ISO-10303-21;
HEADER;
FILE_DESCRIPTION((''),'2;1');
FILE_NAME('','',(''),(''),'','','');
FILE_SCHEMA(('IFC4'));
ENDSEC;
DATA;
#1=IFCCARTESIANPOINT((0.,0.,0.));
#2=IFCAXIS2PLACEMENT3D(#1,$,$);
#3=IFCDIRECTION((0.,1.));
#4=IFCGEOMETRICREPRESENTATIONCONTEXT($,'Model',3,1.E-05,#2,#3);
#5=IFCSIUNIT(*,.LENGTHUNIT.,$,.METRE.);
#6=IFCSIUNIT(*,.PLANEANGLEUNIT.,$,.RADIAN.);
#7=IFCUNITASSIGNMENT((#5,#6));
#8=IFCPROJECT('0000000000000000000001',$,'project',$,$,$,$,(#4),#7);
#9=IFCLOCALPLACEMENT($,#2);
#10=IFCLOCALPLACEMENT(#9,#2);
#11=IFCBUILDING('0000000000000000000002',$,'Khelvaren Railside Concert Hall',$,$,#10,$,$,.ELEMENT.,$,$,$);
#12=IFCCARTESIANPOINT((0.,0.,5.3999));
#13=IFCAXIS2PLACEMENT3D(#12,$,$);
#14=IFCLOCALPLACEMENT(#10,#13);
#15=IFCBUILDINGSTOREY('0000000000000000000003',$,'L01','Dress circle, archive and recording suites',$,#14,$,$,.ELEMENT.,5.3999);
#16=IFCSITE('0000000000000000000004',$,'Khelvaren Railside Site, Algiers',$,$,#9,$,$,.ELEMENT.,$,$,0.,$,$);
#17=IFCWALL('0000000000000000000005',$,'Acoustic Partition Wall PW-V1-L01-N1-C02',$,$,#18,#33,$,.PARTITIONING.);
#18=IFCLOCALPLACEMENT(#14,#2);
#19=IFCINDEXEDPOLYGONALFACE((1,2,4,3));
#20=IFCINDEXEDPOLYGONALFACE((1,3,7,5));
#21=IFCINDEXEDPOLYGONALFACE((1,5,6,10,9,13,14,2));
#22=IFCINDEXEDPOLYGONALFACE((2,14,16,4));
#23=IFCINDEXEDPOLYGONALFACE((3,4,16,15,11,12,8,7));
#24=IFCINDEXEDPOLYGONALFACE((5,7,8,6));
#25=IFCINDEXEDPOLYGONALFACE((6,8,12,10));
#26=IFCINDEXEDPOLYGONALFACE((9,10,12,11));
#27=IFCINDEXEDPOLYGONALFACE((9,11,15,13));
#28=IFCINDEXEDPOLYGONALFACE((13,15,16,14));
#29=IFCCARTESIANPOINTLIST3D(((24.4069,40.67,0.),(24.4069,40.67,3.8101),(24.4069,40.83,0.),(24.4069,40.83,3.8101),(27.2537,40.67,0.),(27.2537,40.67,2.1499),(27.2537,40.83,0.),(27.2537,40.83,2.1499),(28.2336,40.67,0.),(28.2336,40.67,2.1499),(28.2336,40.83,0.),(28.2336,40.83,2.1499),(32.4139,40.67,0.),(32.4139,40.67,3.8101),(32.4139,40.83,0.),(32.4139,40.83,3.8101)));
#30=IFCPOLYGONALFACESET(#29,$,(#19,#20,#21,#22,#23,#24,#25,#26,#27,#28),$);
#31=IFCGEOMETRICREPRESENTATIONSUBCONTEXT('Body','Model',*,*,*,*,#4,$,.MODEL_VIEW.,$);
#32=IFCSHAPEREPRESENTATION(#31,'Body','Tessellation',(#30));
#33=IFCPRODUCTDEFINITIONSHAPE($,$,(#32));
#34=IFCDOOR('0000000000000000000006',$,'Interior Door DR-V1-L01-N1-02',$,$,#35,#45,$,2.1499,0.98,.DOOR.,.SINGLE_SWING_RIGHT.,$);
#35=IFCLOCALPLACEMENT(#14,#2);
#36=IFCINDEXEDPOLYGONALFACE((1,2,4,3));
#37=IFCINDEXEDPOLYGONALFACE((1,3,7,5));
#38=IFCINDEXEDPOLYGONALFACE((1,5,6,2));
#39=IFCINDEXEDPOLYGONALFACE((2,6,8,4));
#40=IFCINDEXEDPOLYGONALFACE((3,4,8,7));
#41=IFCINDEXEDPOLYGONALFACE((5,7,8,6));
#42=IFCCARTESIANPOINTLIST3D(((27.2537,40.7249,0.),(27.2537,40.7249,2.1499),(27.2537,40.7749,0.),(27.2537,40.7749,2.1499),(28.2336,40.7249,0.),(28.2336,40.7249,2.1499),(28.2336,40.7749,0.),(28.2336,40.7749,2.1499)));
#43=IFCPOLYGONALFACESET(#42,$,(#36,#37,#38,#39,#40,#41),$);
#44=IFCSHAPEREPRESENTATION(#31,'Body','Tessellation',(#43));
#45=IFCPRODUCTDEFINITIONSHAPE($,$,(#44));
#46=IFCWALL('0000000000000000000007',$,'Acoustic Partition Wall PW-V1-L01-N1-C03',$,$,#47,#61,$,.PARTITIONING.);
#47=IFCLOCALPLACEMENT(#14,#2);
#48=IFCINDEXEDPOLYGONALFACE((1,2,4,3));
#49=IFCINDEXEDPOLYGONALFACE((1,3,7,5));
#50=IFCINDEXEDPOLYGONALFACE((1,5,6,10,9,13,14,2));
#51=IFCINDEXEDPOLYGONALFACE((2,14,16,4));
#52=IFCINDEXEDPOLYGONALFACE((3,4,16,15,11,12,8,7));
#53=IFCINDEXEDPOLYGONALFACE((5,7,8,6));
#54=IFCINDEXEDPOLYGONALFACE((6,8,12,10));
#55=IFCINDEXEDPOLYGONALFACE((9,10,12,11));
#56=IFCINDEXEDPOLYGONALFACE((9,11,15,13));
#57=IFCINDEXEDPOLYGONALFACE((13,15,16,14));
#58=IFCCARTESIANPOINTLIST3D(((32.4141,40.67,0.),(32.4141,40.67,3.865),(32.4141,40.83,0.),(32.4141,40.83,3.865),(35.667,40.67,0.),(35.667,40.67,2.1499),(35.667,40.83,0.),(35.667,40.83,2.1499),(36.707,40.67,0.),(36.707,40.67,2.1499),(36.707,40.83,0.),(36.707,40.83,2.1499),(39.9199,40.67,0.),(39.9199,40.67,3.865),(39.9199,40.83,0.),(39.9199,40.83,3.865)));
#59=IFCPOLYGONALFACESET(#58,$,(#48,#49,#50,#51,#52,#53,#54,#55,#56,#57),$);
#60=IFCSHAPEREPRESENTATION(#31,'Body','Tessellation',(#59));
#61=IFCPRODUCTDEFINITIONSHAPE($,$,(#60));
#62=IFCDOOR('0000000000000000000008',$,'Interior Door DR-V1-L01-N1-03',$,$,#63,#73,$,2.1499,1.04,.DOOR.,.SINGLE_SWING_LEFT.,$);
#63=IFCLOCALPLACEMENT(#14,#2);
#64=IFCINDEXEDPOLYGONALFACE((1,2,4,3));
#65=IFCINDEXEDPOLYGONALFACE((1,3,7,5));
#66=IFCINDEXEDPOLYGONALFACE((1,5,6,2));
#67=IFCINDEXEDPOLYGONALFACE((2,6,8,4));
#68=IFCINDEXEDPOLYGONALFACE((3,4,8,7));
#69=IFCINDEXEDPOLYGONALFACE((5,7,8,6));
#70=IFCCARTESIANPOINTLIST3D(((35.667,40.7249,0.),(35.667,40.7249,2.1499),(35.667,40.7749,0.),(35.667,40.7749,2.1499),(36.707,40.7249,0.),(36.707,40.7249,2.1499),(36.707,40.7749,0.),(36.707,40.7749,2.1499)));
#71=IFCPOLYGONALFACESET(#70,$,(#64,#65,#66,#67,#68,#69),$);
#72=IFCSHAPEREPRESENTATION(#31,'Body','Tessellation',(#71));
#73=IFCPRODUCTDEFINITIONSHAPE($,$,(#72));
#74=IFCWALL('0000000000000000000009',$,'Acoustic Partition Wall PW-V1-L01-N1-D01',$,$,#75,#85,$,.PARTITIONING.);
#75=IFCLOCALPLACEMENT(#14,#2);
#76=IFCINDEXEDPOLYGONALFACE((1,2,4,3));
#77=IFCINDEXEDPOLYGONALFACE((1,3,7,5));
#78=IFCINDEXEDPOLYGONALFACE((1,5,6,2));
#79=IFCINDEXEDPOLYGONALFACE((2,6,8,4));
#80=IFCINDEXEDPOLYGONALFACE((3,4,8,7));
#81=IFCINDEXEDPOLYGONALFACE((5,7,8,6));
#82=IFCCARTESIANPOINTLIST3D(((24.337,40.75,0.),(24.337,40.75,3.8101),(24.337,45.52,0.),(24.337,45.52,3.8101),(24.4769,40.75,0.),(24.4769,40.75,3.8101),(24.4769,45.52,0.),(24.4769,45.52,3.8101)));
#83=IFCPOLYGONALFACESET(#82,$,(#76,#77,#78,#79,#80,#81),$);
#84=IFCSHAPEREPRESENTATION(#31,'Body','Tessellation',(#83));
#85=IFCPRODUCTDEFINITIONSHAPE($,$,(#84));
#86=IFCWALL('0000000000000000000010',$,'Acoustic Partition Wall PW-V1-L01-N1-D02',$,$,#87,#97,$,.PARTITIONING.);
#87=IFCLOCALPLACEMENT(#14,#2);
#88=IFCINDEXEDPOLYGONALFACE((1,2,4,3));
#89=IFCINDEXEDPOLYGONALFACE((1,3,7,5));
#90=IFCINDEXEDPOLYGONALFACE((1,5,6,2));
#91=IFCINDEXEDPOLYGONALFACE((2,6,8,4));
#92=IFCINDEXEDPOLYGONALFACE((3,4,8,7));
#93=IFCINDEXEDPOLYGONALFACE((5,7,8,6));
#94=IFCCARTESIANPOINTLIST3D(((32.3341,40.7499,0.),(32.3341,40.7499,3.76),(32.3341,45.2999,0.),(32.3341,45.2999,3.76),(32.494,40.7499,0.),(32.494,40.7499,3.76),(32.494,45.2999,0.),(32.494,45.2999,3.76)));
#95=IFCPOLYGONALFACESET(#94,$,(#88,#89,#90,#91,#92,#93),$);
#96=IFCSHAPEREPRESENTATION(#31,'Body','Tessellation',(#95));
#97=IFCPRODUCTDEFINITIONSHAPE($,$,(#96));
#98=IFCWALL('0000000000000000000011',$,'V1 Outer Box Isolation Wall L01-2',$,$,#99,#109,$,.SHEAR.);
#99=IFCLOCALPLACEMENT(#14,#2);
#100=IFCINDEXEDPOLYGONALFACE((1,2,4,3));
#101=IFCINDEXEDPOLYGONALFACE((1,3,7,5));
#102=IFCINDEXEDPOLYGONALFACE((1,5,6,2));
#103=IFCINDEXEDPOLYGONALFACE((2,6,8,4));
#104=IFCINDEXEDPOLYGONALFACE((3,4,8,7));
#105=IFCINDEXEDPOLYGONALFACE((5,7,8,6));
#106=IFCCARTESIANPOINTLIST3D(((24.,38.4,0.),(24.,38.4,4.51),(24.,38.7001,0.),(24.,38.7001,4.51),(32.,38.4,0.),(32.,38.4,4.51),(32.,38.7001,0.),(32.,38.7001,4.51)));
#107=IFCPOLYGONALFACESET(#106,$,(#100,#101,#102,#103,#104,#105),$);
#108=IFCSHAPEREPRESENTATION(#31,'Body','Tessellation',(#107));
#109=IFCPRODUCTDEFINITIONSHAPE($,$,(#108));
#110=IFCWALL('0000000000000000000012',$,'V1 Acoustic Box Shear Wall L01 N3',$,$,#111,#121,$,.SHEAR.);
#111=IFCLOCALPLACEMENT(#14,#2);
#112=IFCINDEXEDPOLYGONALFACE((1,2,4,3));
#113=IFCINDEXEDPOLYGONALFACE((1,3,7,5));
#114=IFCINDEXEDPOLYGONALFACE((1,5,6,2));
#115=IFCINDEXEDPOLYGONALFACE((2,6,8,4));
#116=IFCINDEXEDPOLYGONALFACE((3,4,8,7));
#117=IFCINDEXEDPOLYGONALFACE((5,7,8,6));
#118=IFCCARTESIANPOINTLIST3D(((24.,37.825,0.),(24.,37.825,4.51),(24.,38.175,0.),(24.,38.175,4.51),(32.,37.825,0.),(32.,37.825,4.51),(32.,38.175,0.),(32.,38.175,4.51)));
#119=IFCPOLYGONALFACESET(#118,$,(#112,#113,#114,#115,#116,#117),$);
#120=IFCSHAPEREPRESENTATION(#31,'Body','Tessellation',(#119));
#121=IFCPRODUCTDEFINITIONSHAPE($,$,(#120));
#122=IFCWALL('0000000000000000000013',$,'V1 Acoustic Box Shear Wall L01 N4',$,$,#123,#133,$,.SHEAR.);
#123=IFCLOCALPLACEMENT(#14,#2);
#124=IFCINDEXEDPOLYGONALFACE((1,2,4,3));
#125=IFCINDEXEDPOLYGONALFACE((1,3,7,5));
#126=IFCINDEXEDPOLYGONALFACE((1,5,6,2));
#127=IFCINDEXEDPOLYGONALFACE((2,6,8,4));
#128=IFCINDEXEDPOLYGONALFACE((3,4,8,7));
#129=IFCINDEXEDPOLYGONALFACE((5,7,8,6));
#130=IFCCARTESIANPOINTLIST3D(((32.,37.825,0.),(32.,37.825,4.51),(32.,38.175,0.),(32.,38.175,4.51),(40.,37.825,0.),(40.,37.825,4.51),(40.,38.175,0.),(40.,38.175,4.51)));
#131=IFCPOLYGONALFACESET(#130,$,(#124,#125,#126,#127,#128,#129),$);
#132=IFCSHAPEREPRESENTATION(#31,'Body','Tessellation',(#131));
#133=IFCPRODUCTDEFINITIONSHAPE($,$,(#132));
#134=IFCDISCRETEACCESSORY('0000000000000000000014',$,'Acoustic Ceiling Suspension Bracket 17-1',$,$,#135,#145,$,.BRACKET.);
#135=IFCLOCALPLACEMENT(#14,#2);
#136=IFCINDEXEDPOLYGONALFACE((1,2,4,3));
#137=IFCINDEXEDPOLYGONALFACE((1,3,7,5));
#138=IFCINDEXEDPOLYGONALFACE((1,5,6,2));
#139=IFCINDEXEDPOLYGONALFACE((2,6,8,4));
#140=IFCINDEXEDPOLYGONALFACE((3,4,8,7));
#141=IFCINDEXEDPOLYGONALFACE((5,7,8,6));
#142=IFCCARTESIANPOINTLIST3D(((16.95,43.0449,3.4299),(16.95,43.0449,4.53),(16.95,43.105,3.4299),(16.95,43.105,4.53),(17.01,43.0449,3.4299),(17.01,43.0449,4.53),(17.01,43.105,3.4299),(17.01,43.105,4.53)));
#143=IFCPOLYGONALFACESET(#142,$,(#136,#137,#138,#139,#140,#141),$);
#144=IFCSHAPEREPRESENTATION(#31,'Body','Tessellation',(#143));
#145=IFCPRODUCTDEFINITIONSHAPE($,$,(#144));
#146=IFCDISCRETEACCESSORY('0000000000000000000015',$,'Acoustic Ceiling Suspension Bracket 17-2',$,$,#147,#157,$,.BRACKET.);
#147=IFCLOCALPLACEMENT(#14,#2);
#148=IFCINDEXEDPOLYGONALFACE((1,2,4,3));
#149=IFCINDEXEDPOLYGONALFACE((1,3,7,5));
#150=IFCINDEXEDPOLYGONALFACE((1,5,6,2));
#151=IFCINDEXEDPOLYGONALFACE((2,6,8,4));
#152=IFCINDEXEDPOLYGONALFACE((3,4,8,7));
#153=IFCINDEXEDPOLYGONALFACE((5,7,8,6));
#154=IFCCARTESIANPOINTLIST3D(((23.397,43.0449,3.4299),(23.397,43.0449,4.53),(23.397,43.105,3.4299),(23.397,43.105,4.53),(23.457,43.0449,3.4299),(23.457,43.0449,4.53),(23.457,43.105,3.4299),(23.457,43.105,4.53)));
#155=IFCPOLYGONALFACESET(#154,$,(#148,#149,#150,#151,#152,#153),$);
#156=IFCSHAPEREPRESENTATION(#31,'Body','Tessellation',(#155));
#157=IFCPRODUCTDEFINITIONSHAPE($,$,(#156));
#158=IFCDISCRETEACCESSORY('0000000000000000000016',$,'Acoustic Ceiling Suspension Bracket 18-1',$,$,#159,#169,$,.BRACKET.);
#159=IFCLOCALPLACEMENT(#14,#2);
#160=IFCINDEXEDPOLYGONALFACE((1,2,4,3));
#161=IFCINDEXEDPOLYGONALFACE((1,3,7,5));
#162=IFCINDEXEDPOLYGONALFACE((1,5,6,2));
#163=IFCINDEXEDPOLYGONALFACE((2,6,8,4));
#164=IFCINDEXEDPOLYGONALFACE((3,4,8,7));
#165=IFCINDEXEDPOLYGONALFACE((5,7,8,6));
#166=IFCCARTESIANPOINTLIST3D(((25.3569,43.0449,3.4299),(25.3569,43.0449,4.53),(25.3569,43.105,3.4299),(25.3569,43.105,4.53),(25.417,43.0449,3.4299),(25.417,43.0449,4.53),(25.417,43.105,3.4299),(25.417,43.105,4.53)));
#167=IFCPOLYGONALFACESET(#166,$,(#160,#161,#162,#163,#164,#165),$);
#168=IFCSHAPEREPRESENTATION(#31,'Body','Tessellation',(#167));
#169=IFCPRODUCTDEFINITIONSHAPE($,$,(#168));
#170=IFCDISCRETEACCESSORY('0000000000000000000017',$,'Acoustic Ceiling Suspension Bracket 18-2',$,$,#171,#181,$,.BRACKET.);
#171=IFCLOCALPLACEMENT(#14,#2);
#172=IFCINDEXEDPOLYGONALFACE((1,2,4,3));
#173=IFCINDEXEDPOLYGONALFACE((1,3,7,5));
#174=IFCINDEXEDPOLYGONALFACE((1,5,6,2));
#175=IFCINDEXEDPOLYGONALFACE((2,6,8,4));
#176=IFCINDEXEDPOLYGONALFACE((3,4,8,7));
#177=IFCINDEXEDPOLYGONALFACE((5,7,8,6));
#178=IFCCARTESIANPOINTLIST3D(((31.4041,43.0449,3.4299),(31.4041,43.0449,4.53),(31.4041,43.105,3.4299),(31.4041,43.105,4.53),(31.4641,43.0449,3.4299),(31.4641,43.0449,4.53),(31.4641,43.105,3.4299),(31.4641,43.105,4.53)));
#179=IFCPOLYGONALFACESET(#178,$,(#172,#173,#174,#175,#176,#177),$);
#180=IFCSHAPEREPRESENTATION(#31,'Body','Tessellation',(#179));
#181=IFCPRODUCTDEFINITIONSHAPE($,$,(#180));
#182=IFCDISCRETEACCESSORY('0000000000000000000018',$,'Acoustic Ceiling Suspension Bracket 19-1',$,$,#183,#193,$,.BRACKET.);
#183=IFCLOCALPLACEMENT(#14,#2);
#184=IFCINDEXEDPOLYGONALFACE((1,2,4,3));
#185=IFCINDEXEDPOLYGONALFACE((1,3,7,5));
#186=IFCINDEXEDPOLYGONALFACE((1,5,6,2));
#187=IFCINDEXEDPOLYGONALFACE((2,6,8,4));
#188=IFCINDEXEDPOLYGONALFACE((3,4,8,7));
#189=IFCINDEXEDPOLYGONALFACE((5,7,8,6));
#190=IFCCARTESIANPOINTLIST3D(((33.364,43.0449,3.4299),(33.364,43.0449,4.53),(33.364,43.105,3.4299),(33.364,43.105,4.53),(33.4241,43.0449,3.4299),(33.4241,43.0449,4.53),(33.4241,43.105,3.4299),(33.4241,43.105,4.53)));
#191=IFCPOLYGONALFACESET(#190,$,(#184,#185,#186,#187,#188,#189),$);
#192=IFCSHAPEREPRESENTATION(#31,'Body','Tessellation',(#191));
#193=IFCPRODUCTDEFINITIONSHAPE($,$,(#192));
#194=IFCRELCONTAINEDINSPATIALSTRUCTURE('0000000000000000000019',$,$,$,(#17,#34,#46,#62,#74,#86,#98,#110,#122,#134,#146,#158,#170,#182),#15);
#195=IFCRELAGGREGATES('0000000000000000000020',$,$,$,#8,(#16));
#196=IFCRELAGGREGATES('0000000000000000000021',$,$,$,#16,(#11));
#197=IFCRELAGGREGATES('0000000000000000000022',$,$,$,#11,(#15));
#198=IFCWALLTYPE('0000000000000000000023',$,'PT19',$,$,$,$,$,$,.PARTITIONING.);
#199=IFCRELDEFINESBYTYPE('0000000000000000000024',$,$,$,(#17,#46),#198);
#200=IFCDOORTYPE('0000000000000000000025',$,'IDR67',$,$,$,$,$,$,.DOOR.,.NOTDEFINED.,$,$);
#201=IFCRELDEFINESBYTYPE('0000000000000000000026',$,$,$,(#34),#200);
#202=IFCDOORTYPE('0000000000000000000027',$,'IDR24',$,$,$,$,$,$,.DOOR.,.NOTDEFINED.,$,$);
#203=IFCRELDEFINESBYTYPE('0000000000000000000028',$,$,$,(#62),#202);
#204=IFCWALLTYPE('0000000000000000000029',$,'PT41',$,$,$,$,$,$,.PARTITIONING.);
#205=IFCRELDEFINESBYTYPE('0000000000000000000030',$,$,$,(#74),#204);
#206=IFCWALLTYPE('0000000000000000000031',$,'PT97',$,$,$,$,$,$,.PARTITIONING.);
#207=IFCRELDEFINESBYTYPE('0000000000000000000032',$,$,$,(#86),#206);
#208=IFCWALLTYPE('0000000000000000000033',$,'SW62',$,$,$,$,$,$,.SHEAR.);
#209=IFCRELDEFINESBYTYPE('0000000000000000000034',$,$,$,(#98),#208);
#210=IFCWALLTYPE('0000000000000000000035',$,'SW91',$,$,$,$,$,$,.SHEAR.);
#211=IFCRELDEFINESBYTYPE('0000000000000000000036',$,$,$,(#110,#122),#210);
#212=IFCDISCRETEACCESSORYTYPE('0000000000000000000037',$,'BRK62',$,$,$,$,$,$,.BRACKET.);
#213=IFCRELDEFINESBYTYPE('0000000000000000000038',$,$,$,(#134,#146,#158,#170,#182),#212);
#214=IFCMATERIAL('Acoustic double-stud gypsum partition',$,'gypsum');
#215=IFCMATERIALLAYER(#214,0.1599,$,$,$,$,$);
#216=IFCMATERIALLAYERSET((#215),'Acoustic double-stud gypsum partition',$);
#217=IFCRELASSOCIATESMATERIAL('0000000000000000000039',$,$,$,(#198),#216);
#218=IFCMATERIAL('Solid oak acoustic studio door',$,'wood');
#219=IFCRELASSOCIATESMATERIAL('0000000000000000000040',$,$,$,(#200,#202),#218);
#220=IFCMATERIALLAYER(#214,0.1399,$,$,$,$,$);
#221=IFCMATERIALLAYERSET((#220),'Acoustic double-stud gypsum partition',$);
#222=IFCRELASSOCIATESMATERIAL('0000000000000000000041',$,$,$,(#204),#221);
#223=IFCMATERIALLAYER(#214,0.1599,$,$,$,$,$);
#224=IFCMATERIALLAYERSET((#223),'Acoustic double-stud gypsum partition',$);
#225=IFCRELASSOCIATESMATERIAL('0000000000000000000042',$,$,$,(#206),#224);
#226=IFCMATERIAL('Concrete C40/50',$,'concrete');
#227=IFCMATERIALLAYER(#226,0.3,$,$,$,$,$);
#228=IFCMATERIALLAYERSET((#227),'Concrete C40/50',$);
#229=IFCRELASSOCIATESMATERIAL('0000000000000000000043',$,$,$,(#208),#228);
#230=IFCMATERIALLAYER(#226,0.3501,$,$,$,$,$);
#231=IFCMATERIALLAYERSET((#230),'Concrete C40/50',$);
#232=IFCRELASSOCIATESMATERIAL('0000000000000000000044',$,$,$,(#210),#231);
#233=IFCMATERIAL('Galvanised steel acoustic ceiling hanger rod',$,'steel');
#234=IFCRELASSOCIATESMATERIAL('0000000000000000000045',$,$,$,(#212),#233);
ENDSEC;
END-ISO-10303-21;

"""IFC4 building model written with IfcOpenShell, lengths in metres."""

from ifc_helpers import new_model, si_unit, direction, frame, frame_2d, origin, origin_2d, place, context, subcontext, project, spatial, rectangle, extrude, material, layer, layer_set, type_object, element, fill, save


model = new_model("IFC4")

# Units and contexts
model_context = context("Model", 3, precision=1e-05, world=origin(), true_north=direction((0.0, 1.0)))
body_context = subcontext(model_context, "Body", "Model", "MODEL_VIEW")
ifc_project = project(units=[si_unit("LENGTHUNIT", "METRE"), si_unit("PLANEANGLEUNIT", "RADIAN")], contexts=[model_context])

# Site, building, storey
site_placement = place(None, origin())
site = spatial("IfcSite", under=ifc_project, at=site_placement, Name="Khelvaren Railside Site, Algiers", CompositionType="ELEMENT", RefElevation=0.0)
building_placement = place(site_placement, origin())
building = spatial("IfcBuilding", under=site, at=building_placement, Name="Khelvaren Railside Concert Hall", CompositionType="ELEMENT")
storey_placement = place(building_placement, frame((0.0, 0.0, 5.3999)))
storey = spatial("IfcBuildingStorey", under=building, at=storey_placement, Name="L01", Description="Dress circle, archive and recording suites", CompositionType="ELEMENT", Elevation=5.3999)

# Shared definitions
ifc_material_1 = material(Name="Concrete C40/50", Category="concrete")

# Walls, openings, doors
ifc_material_2 = material(Name="Acoustic double-stud gypsum partition", Category="gypsum")
ifc_layer_1 = layer(ifc_material_2, 0.1599)
ifc_layer_set_1 = layer_set([ifc_layer_1], Name="Acoustic double-stud gypsum partition")
wall_type_1 = type_object("IfcWallType", Name="PT19", PredefinedType="PARTITIONING", material=ifc_layer_set_1)
wall_1_placement = place(storey_placement, frame((24.407, 40.75, 0.0), z_axis=(0.0, 0.0, 1.0), x_axis=(1.0, 0.0, 0.0)))
wall_1 = element("IfcWall", 1, at=wall_1_placement, inside=storey, type_object=wall_type_1, Name="Acoustic Partition Wall PW-V1-L01-N1-C02", PredefinedType="PARTITIONING", context=body_context, shape_type="SweptSolid", body=[
    extrude(rectangle(XDim=8.0071, YDim=0.1599, at=frame_2d((4.0034, 0.0))), origin(), (0.0, 0.0, 1.0), 3.8101),
])
opening_1_placement = place(wall_1_placement, frame((2.8467, 0.0, 0.0)))
opening_1 = element("IfcOpeningElement", 2, at=opening_1_placement, cuts=wall_1, PredefinedType="OPENING", context=body_context, shape_type="SweptSolid", body=[
    extrude(rectangle(XDim=0.98, YDim=2.1499, at=frame_2d((0.49, 1.075))), frame((0.0, 0.0898, 0.0), z_axis=(0.0, -1.0, 0.0), x_axis=(1.0, 0.0, 0.0)), (0.0, 0.0, 1.0), 0.1799),
])
ifc_material_3 = material(Name="Solid oak acoustic studio door", Category="wood")
door_type_1 = type_object("IfcDoorType", Name="IDR67", OperationType="NOTDEFINED", PredefinedType="DOOR", material=ifc_material_3)
door_1_placement = place(opening_1_placement, origin())
door_1 = element("IfcDoor", 3, at=door_1_placement, inside=storey, type_object=door_type_1, Name="Interior Door DR-V1-L01-N1-02", OperationType="SINGLE_SWING_RIGHT", OverallHeight=2.1499, OverallWidth=0.98, PredefinedType="DOOR", context=body_context, shape_type="SweptSolid", body=[
    extrude(rectangle(XDim=0.98, YDim=2.1499, at=frame_2d((0.49, 1.075))), frame((0.0, 0.0249, 0.0), z_axis=(0.0, -1.0, 0.0), x_axis=(1.0, 0.0, 0.0)), (0.0, 0.0, 1.0), 0.05),
])
fill(opening_1, door_1)
wall_2_placement = place(storey_placement, frame((32.4141, 40.75, 0.0), z_axis=(0.0, 0.0, 1.0), x_axis=(1.0, 0.0, 0.0)))
wall_2 = element("IfcWall", 4, at=wall_2_placement, inside=storey, type_object=wall_type_1, Name="Acoustic Partition Wall PW-V1-L01-N1-C03", PredefinedType="PARTITIONING", context=body_context, shape_type="SweptSolid", body=[
    extrude(rectangle(XDim=7.5059, YDim=0.1599, at=frame_2d((3.7529, 0.0))), origin(), (0.0, 0.0, 1.0), 3.865),
])
opening_2_placement = place(wall_2_placement, frame((3.2529, 0.0, 0.0)))
opening_2 = element("IfcOpeningElement", 5, at=opening_2_placement, cuts=wall_2, PredefinedType="OPENING", context=body_context, shape_type="SweptSolid", body=[
    extrude(rectangle(XDim=1.04, YDim=2.1499, at=frame_2d((0.52, 1.075))), frame((0.0, 0.0898, 0.0), z_axis=(0.0, -1.0, 0.0), x_axis=(1.0, 0.0, 0.0)), (0.0, 0.0, 1.0), 0.1799),
])
door_type_2 = type_object("IfcDoorType", Name="IDR24", OperationType="NOTDEFINED", PredefinedType="DOOR", material=ifc_material_3)
door_2_placement = place(opening_2_placement, origin())
door_2 = element("IfcDoor", 6, at=door_2_placement, inside=storey, type_object=door_type_2, Name="Interior Door DR-V1-L01-N1-03", OperationType="SINGLE_SWING_LEFT", OverallHeight=2.1499, OverallWidth=1.04, PredefinedType="DOOR", context=body_context, shape_type="SweptSolid", body=[
    extrude(rectangle(XDim=1.04, YDim=2.1499, at=frame_2d((0.52, 1.075))), frame((0.0, 0.0249, 0.0), z_axis=(0.0, -1.0, 0.0), x_axis=(1.0, 0.0, 0.0)), (0.0, 0.0, 1.0), 0.05),
])
fill(opening_2, door_2)

# Walls
ifc_layer_2 = layer(ifc_material_2, 0.1399)
ifc_layer_set_2 = layer_set([ifc_layer_2], Name="Acoustic double-stud gypsum partition")
wall_type_2 = type_object("IfcWallType", Name="PT41", PredefinedType="PARTITIONING", material=ifc_layer_set_2)
wall_3_placement = place(storey_placement, frame((24.407, 40.75, 0.0), z_axis=(0.0, 0.0, 1.0), x_axis=(0.0, 1.0, 0.0)))
element("IfcWall", 7, at=wall_3_placement, inside=storey, type_object=wall_type_2, Name="Acoustic Partition Wall PW-V1-L01-N1-D01", PredefinedType="PARTITIONING", context=body_context, shape_type="SweptSolid", body=[
    extrude(rectangle(XDim=4.77, YDim=0.1399, at=frame_2d((2.385, 0.0))), origin(), (0.0, 0.0, 1.0), 3.8101),
])
ifc_layer_3 = layer(ifc_material_2, 0.1599)
ifc_layer_set_3 = layer_set([ifc_layer_3], Name="Acoustic double-stud gypsum partition")
wall_type_3 = type_object("IfcWallType", Name="PT97", PredefinedType="PARTITIONING", material=ifc_layer_set_3)
wall_4_placement = place(storey_placement, frame((32.4141, 40.75, 0.0), z_axis=(0.0, 0.0, 1.0), x_axis=(0.0, 1.0, 0.0)))
element("IfcWall", 8, at=wall_4_placement, inside=storey, type_object=wall_type_3, Name="Acoustic Partition Wall PW-V1-L01-N1-D02", PredefinedType="PARTITIONING", context=body_context, shape_type="SweptSolid", body=[
    extrude(rectangle(XDim=4.55, YDim=0.1599, at=frame_2d((2.2749, 0.0))), origin(), (0.0, 0.0, 1.0), 3.76),
])
ifc_layer_4 = layer(ifc_material_1, 0.3)
ifc_layer_set_4 = layer_set([ifc_layer_4], Name="Concrete C40/50")
wall_type_4 = type_object("IfcWallType", Name="SW62", PredefinedType="SHEAR", material=ifc_layer_set_4)
wall_5_placement = place(storey_placement, frame((24.0, 38.55, 0.0), z_axis=(0.0, 0.0, 1.0), x_axis=(1.0, 0.0, 0.0)))
element("IfcWall", 9, at=wall_5_placement, inside=storey, type_object=wall_type_4, Name="V1 Outer Box Isolation Wall L01-2", PredefinedType="SHEAR", context=body_context, shape_type="SweptSolid", body=[
    extrude(rectangle(XDim=8.0, YDim=0.3, at=frame_2d((4.0, 0.0))), origin(), (0.0, 0.0, 1.0), 4.51),
])
ifc_layer_5 = layer(ifc_material_1, 0.3501)
ifc_layer_set_5 = layer_set([ifc_layer_5], Name="Concrete C40/50")
wall_type_5 = type_object("IfcWallType", Name="SW91", PredefinedType="SHEAR", material=ifc_layer_set_5)
for number, where, z_axis, x_axis, name in (
    (10, (24.0, 38.0, 0.0), (0.0, 0.0, 1.0), (1.0, 0.0, 0.0), "V1 Acoustic Box Shear Wall L01 N3"),
    (11, (32.0, 38.0, 0.0), (0.0, 0.0, 1.0), (1.0, 0.0, 0.0), "V1 Acoustic Box Shear Wall L01 N4"),
):
    element("IfcWall", number, at=place(storey_placement, frame(where, z_axis=z_axis, x_axis=x_axis)), inside=storey, type_object=wall_type_5, Name=name, PredefinedType="SHEAR", context=body_context, shape_type="SweptSolid", body=[
        extrude(rectangle(XDim=8.0, YDim=0.3501, at=frame_2d((4.0, 0.0))), origin(), (0.0, 0.0, 1.0), 4.51),
    ])

# Discrete accessories
ifc_material_4 = material(Name="Galvanised steel acoustic ceiling hanger rod", Category="steel")
discrete_accessory_type = type_object("IfcDiscreteAccessoryType", Name="BRK62", PredefinedType="BRACKET", material=ifc_material_4)
for number, where, z_axis, x_axis, name in (
    (12, (16.98, 43.075, 3.4299), (0.0, 0.0, 1.0), (1.0, 0.0, 0.0), "Acoustic Ceiling Suspension Bracket 17-1"),
    (13, (23.427, 43.075, 3.4299), (0.0, 0.0, 1.0), (1.0, 0.0, 0.0), "Acoustic Ceiling Suspension Bracket 17-2"),
    (14, (25.387, 43.075, 3.4299), (0.0, 0.0, 1.0), (1.0, 0.0, 0.0), "Acoustic Ceiling Suspension Bracket 18-1"),
    (15, (31.4341, 43.075, 3.4299), (0.0, 0.0, 1.0), (1.0, 0.0, 0.0), "Acoustic Ceiling Suspension Bracket 18-2"),
    (16, (33.394, 43.075, 3.4299), (0.0, 0.0, 1.0), (1.0, 0.0, 0.0), "Acoustic Ceiling Suspension Bracket 19-1"),
):
    element("IfcDiscreteAccessory", number, at=place(storey_placement, frame(where, z_axis=z_axis, x_axis=x_axis)), inside=storey, type_object=discrete_accessory_type, Name=name, PredefinedType="BRACKET", context=body_context, shape_type="SweptSolid", body=[
        extrude(rectangle(XDim=0.0601, YDim=0.0601, at=origin_2d()), origin(), (0.0, 0.0, 1.0), 1.1001),
    ])

save(model, "model.ifc")
